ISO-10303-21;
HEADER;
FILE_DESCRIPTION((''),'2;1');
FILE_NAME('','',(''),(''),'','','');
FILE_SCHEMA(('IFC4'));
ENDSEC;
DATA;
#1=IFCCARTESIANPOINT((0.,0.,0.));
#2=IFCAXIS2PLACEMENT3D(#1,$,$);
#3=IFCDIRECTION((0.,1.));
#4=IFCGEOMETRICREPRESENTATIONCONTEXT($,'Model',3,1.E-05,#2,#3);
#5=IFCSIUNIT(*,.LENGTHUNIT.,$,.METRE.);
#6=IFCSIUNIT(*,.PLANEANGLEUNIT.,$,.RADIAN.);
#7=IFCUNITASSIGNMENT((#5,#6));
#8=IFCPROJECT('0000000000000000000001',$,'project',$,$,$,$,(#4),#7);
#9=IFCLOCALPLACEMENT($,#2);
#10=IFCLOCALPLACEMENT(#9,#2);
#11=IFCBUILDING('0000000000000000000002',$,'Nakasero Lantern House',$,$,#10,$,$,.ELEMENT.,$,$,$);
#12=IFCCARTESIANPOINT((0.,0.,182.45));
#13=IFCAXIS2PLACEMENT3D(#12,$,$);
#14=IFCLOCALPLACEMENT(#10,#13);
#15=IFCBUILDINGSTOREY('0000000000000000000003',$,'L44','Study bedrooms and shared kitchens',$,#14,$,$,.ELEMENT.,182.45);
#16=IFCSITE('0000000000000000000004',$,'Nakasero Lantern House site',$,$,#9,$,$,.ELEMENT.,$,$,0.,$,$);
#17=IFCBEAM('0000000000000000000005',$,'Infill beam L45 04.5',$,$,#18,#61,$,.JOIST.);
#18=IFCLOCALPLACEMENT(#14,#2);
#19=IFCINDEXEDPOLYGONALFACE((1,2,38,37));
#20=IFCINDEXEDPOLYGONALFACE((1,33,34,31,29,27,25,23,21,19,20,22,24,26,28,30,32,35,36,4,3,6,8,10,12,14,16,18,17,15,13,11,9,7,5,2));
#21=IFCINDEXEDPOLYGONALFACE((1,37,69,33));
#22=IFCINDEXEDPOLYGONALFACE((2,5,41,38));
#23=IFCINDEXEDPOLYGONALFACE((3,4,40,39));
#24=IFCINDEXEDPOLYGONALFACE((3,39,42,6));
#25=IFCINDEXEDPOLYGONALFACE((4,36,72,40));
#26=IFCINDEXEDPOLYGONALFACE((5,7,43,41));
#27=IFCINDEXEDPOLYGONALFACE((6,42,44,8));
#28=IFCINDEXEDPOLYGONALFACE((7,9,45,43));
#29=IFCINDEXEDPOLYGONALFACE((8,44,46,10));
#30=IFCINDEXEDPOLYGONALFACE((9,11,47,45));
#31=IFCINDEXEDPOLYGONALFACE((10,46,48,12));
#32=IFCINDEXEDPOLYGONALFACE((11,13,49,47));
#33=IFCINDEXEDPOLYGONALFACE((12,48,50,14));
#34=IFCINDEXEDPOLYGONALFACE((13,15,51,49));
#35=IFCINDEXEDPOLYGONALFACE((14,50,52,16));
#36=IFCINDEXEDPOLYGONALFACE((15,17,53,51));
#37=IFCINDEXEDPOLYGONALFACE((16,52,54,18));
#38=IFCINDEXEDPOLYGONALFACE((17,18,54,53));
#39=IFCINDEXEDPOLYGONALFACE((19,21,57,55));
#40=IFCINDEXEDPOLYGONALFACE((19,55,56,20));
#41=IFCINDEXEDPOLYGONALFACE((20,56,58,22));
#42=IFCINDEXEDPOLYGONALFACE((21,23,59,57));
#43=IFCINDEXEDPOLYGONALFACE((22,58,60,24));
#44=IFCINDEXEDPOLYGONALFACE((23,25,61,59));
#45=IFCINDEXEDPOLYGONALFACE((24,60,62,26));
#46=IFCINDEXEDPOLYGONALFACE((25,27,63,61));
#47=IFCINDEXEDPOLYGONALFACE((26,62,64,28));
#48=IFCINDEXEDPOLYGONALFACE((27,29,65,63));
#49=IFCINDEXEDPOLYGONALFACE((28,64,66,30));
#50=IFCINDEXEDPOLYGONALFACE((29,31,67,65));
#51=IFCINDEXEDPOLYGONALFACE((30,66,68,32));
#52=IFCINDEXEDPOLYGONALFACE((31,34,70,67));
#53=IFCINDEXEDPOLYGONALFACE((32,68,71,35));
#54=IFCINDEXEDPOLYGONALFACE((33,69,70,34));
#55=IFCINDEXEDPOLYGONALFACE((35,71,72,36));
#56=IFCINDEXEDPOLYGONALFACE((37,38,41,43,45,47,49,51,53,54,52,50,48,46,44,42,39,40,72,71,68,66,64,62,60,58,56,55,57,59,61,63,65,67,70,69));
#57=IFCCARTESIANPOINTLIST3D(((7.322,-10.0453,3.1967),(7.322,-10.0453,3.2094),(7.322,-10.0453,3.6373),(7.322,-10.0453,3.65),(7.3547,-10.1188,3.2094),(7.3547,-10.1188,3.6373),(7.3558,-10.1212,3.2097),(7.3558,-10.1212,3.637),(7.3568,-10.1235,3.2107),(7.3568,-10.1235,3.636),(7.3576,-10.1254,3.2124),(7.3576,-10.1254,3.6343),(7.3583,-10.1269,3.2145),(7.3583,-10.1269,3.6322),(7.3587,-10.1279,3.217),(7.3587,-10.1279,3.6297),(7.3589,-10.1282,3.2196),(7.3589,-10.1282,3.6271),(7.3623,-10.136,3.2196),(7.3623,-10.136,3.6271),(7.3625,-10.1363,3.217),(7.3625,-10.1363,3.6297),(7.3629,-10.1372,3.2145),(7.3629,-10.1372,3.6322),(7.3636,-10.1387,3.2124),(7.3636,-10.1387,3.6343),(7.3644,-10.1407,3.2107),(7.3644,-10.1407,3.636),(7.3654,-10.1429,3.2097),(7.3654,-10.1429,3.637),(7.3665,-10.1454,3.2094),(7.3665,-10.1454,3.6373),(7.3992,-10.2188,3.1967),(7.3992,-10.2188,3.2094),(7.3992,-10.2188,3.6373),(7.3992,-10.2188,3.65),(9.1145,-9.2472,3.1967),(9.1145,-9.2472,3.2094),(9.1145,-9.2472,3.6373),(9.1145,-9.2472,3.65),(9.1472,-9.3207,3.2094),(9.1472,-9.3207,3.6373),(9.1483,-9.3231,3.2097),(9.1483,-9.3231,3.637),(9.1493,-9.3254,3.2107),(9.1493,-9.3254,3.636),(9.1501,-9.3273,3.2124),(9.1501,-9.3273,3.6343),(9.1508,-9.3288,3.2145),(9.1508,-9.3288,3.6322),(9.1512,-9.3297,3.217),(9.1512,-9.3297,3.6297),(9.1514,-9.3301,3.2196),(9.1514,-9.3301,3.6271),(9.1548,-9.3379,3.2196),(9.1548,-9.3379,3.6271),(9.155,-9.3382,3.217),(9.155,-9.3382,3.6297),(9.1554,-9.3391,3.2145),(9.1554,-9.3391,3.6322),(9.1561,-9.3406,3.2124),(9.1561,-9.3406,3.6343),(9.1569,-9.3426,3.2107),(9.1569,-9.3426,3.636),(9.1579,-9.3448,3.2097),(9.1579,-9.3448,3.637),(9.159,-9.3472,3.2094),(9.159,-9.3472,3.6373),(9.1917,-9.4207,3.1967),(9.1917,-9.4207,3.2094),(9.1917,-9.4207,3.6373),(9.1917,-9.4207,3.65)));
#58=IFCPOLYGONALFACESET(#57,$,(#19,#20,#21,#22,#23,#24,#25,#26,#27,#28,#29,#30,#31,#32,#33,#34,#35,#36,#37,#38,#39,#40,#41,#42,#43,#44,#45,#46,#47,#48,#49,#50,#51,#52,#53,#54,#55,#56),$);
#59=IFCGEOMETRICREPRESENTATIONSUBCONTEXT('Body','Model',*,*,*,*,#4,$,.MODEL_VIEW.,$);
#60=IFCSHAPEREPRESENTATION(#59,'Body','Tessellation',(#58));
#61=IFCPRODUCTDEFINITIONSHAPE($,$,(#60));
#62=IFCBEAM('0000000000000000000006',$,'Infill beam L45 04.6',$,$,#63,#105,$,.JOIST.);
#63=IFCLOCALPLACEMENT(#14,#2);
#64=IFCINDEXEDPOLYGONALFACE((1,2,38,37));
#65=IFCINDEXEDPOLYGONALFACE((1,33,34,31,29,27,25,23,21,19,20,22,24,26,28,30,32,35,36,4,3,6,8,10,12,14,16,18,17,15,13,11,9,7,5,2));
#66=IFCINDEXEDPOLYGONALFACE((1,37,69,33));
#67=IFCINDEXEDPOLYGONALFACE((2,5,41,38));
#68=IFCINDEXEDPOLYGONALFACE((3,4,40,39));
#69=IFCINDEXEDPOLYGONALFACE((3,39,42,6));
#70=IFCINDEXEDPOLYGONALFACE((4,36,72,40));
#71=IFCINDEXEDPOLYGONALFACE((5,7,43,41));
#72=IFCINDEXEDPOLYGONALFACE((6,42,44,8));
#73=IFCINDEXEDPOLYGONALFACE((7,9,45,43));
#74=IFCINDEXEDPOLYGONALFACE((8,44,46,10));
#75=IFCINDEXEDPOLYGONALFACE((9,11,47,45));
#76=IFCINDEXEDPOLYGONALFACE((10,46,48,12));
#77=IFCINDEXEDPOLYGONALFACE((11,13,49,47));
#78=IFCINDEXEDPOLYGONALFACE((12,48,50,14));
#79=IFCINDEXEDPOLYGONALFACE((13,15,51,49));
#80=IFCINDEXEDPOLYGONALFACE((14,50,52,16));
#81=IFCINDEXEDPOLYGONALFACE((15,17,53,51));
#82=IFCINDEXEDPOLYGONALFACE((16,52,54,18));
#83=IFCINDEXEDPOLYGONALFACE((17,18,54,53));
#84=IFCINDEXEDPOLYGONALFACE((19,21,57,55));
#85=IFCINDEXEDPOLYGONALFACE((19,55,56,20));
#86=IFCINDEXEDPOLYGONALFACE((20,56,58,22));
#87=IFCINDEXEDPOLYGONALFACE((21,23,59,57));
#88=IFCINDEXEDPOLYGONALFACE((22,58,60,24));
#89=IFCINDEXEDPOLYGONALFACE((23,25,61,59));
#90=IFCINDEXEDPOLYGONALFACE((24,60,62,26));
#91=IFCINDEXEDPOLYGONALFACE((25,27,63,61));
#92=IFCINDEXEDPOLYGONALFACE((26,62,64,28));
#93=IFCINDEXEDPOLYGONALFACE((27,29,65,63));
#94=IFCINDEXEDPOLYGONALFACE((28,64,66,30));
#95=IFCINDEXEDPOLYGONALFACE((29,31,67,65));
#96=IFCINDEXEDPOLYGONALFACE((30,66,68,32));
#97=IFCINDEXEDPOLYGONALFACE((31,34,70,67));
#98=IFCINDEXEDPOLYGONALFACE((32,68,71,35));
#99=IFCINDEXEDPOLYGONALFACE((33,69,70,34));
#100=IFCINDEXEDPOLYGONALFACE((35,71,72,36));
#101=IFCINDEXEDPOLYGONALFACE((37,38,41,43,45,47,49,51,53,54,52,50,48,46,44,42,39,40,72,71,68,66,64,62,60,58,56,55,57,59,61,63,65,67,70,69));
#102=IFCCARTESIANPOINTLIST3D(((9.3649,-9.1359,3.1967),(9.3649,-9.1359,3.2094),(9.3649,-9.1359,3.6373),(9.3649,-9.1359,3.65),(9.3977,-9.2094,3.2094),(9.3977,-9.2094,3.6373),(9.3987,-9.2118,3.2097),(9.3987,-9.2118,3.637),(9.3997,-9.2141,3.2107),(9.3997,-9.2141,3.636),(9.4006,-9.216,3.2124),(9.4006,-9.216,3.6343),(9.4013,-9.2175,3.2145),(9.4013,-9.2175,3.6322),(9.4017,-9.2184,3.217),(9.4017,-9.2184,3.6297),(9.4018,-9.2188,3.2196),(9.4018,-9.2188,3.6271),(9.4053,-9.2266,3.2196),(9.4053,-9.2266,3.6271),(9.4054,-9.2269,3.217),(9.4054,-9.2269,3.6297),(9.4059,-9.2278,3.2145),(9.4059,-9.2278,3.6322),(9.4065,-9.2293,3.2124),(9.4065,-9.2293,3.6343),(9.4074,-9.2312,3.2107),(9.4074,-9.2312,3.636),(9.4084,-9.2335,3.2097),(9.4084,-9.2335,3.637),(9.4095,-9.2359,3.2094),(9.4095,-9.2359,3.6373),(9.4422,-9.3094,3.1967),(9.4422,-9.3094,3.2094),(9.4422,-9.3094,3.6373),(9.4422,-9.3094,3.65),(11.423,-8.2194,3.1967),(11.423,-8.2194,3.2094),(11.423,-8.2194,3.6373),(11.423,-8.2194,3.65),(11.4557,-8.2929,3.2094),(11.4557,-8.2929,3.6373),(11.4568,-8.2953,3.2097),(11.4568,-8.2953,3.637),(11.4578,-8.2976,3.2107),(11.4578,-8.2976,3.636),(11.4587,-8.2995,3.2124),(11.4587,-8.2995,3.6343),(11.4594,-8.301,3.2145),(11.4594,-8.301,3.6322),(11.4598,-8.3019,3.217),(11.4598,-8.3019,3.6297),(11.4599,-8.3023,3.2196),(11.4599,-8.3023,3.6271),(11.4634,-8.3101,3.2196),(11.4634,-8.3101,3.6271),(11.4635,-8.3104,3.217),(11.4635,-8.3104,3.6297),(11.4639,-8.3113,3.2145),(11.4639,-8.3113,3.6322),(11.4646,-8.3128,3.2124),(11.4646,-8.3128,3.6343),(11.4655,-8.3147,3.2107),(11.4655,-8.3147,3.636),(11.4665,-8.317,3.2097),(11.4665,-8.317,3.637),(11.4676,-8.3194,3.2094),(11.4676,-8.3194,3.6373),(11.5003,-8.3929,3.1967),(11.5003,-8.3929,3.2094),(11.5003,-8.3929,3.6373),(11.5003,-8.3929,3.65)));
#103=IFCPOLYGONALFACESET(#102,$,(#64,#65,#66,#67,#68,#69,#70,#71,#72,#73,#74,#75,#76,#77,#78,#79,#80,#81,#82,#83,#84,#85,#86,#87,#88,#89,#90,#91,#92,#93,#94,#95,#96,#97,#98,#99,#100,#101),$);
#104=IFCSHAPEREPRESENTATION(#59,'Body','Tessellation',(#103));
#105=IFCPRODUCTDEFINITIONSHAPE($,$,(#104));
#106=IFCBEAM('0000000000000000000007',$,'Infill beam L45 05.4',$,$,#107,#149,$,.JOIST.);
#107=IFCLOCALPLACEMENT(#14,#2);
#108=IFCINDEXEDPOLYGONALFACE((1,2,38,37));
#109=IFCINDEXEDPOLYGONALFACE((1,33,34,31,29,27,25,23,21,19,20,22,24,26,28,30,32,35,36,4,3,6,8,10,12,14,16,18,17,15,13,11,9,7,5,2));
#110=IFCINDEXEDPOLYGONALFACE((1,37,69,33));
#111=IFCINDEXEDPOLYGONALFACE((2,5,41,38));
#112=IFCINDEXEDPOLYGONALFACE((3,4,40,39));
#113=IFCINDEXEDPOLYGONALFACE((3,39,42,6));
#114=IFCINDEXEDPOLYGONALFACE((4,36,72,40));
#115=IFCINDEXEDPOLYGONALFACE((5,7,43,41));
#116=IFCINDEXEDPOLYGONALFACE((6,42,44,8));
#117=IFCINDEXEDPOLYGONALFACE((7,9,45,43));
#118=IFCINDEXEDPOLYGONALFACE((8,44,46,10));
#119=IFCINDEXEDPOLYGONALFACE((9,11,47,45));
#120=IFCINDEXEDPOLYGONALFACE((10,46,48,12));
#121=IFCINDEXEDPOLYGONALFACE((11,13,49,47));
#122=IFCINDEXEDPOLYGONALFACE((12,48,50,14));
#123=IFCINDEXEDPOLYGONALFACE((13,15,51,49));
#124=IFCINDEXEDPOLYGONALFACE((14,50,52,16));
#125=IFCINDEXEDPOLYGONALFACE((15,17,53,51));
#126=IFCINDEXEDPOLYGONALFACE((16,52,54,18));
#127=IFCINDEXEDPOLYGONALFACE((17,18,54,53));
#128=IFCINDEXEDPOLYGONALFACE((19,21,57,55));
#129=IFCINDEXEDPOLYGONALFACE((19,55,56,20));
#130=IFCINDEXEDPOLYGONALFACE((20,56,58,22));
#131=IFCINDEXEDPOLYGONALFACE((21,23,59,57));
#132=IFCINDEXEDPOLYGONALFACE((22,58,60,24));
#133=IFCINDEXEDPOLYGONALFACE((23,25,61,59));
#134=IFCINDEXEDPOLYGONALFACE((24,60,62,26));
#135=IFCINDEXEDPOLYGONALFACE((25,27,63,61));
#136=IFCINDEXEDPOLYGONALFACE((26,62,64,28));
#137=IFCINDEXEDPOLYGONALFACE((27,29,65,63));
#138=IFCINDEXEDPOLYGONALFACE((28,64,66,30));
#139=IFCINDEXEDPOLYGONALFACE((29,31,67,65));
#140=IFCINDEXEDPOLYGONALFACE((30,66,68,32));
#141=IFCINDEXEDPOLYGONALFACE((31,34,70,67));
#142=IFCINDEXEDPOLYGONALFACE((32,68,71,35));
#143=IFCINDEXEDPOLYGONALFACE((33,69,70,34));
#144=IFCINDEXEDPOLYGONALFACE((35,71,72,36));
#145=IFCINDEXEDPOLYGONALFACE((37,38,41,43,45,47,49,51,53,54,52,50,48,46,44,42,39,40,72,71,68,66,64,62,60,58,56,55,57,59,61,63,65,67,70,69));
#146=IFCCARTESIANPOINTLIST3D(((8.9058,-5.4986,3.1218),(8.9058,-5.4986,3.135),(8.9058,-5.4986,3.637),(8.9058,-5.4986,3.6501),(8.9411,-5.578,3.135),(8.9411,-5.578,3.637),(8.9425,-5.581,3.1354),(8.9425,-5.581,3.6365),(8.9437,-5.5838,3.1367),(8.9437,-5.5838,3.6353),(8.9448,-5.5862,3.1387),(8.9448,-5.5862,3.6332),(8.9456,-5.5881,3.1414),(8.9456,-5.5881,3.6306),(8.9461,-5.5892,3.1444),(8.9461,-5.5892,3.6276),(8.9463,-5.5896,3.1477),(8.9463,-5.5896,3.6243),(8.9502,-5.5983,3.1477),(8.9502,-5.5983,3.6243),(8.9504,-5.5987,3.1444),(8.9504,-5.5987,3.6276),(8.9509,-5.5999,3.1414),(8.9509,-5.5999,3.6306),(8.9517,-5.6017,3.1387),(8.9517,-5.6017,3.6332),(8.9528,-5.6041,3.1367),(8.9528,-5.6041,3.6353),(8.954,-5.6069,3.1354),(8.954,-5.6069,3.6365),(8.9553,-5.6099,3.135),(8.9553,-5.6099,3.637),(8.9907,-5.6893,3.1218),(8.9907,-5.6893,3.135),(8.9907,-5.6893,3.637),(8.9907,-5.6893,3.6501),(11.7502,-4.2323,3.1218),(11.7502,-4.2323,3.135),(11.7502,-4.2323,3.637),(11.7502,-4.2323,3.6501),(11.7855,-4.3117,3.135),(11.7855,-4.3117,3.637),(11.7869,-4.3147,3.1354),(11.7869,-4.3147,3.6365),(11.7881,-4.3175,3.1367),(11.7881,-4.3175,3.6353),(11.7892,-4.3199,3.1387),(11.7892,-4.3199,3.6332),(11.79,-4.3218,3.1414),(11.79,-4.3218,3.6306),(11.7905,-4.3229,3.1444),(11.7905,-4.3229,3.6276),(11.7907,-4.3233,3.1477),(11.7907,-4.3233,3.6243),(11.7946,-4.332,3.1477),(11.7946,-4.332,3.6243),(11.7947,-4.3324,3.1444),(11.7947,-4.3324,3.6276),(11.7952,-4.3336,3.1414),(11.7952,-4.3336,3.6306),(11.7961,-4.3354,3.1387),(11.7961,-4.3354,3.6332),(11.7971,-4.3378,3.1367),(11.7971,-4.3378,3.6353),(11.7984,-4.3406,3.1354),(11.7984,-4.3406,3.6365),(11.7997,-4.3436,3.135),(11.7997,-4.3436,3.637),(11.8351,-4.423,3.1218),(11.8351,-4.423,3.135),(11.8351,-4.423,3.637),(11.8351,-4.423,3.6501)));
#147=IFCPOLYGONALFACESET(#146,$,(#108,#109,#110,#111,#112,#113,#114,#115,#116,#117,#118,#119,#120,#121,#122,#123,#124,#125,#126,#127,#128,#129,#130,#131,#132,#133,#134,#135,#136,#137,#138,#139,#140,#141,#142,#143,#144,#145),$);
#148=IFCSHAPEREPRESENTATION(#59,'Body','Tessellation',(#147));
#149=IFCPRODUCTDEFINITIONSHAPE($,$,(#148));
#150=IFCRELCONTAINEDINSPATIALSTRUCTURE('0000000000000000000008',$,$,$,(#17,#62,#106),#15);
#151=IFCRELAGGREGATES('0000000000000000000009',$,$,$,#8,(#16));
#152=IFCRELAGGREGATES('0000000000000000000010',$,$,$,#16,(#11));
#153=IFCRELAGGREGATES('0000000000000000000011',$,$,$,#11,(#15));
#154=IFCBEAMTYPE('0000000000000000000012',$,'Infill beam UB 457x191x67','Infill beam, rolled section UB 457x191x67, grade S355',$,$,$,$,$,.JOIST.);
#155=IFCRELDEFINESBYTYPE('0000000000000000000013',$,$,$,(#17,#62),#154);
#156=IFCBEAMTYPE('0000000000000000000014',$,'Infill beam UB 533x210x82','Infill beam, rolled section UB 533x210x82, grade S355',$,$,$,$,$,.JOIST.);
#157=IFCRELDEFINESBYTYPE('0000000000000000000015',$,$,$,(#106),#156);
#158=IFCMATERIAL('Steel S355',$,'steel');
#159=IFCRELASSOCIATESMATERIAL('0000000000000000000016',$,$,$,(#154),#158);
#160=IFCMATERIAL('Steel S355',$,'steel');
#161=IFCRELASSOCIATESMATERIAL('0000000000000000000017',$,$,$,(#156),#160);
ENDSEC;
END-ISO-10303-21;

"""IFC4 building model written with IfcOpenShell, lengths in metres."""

from ifc_helpers import new_model, si_unit, direction, frame, origin, origin_2d, place, context, subcontext, project, spatial, i_section, extrude, material, material_profile, profile_set, type_object, element, save


model = new_model("IFC4")

# Units and contexts
model_context = context("Model", 3, precision=1e-05, world=origin(), true_north=direction((0.0, 1.0)))
body_context = subcontext(model_context, "Body", "Model", "MODEL_VIEW")
ifc_project = project(units=[si_unit("LENGTHUNIT", "METRE"), si_unit("PLANEANGLEUNIT", "RADIAN")], contexts=[model_context])

# Site, building, storey
site_placement = place(None, origin())
site = spatial("IfcSite", under=ifc_project, at=site_placement, Name="Nakasero Lantern House site", CompositionType="ELEMENT", RefElevation=0.0)
building_placement = place(site_placement, origin())
building = spatial("IfcBuilding", under=site, at=building_placement, Name="Nakasero Lantern House", CompositionType="ELEMENT")
storey_placement = place(building_placement, frame((0.0, 0.0, 182.45)))
storey = spatial("IfcBuildingStorey", under=building, at=storey_placement, Name="L44", Description="Study bedrooms and shared kitchens", CompositionType="ELEMENT", Elevation=182.45)

# Beams
ifc_material_1 = material(Name="Steel S355", Category="steel")
ifc_material_profile_1 = material_profile(ifc_material_1, i_section(OverallWidth=0.1899, OverallDepth=0.4534, WebThickness=0.0085, FlangeThickness=0.0127, FilletRadius=0.0103, at=origin_2d()), Name="UB 457x191x67")
ifc_profile_set_1 = profile_set([ifc_material_profile_1], Name="Steel S355")
beam_type_1 = type_object("IfcBeamType", Name="Infill beam UB 457x191x67", Description="Infill beam, rolled section UB 457x191x67, grade S355", PredefinedType="JOIST", material=ifc_profile_set_1)
beam_1_placement = place(storey_placement, frame((7.3606, -10.1321, 3.4233), z_axis=(0.913539, 0.40675, 0.0), x_axis=(-0.40675, 0.913539, 0.0)))
element("IfcBeam", 1, at=beam_1_placement, inside=storey, type_object=beam_type_1, Name="Infill beam L45 04.5", PredefinedType="JOIST", context=body_context, shape_type="SweptSolid", body=[
    extrude(i_section(OverallWidth=0.1899, OverallDepth=0.4534, WebThickness=0.0085, FlangeThickness=0.0127, FilletRadius=0.0103, at=origin_2d()), origin(), (0.0, 0.0, 1.0), 1.9622),
])
beam_2_placement = place(storey_placement, frame((9.4036, -9.2227, 3.4233), z_axis=(0.913516, 0.406802, 0.0), x_axis=(-0.406802, 0.913516, 0.0)))
element("IfcBeam", 2, at=beam_2_placement, inside=storey, type_object=beam_type_1, Name="Infill beam L45 04.6", PredefinedType="JOIST", context=body_context, shape_type="SweptSolid", body=[
    extrude(i_section(OverallWidth=0.1899, OverallDepth=0.4534, WebThickness=0.0085, FlangeThickness=0.0127, FilletRadius=0.0103, at=origin_2d()), origin(), (0.0, 0.0, 1.0), 2.2529),
])
ifc_material_2 = material(Name="Steel S355", Category="steel")
ifc_material_profile_2 = material_profile(ifc_material_2, i_section(OverallWidth=0.2087, OverallDepth=0.5283, WebThickness=0.0095, FlangeThickness=0.0132, FilletRadius=0.0127, at=origin_2d()), Name="UB 533x210x82")
ifc_profile_set_2 = profile_set([ifc_material_profile_2], Name="Steel S355")
beam_type_2 = type_object("IfcBeamType", Name="Infill beam UB 533x210x82", Description="Infill beam, rolled section UB 533x210x82, grade S355", PredefinedType="JOIST", material=ifc_profile_set_2)
beam_3_placement = place(storey_placement, frame((8.9482, -5.594, 3.386), z_axis=(0.913556, 0.406713, 0.0), x_axis=(-0.406713, 0.913556, 0.0)))
element("IfcBeam", 3, at=beam_3_placement, inside=storey, type_object=beam_type_2, Name="Infill beam L45 05.4", PredefinedType="JOIST", context=body_context, shape_type="SweptSolid", body=[
    extrude(i_section(OverallWidth=0.2087, OverallDepth=0.5283, WebThickness=0.0095, FlangeThickness=0.0132, FilletRadius=0.0127, at=origin_2d()), origin(), (0.0, 0.0, 1.0), 3.1135),
])

save(model, "model.ifc")
